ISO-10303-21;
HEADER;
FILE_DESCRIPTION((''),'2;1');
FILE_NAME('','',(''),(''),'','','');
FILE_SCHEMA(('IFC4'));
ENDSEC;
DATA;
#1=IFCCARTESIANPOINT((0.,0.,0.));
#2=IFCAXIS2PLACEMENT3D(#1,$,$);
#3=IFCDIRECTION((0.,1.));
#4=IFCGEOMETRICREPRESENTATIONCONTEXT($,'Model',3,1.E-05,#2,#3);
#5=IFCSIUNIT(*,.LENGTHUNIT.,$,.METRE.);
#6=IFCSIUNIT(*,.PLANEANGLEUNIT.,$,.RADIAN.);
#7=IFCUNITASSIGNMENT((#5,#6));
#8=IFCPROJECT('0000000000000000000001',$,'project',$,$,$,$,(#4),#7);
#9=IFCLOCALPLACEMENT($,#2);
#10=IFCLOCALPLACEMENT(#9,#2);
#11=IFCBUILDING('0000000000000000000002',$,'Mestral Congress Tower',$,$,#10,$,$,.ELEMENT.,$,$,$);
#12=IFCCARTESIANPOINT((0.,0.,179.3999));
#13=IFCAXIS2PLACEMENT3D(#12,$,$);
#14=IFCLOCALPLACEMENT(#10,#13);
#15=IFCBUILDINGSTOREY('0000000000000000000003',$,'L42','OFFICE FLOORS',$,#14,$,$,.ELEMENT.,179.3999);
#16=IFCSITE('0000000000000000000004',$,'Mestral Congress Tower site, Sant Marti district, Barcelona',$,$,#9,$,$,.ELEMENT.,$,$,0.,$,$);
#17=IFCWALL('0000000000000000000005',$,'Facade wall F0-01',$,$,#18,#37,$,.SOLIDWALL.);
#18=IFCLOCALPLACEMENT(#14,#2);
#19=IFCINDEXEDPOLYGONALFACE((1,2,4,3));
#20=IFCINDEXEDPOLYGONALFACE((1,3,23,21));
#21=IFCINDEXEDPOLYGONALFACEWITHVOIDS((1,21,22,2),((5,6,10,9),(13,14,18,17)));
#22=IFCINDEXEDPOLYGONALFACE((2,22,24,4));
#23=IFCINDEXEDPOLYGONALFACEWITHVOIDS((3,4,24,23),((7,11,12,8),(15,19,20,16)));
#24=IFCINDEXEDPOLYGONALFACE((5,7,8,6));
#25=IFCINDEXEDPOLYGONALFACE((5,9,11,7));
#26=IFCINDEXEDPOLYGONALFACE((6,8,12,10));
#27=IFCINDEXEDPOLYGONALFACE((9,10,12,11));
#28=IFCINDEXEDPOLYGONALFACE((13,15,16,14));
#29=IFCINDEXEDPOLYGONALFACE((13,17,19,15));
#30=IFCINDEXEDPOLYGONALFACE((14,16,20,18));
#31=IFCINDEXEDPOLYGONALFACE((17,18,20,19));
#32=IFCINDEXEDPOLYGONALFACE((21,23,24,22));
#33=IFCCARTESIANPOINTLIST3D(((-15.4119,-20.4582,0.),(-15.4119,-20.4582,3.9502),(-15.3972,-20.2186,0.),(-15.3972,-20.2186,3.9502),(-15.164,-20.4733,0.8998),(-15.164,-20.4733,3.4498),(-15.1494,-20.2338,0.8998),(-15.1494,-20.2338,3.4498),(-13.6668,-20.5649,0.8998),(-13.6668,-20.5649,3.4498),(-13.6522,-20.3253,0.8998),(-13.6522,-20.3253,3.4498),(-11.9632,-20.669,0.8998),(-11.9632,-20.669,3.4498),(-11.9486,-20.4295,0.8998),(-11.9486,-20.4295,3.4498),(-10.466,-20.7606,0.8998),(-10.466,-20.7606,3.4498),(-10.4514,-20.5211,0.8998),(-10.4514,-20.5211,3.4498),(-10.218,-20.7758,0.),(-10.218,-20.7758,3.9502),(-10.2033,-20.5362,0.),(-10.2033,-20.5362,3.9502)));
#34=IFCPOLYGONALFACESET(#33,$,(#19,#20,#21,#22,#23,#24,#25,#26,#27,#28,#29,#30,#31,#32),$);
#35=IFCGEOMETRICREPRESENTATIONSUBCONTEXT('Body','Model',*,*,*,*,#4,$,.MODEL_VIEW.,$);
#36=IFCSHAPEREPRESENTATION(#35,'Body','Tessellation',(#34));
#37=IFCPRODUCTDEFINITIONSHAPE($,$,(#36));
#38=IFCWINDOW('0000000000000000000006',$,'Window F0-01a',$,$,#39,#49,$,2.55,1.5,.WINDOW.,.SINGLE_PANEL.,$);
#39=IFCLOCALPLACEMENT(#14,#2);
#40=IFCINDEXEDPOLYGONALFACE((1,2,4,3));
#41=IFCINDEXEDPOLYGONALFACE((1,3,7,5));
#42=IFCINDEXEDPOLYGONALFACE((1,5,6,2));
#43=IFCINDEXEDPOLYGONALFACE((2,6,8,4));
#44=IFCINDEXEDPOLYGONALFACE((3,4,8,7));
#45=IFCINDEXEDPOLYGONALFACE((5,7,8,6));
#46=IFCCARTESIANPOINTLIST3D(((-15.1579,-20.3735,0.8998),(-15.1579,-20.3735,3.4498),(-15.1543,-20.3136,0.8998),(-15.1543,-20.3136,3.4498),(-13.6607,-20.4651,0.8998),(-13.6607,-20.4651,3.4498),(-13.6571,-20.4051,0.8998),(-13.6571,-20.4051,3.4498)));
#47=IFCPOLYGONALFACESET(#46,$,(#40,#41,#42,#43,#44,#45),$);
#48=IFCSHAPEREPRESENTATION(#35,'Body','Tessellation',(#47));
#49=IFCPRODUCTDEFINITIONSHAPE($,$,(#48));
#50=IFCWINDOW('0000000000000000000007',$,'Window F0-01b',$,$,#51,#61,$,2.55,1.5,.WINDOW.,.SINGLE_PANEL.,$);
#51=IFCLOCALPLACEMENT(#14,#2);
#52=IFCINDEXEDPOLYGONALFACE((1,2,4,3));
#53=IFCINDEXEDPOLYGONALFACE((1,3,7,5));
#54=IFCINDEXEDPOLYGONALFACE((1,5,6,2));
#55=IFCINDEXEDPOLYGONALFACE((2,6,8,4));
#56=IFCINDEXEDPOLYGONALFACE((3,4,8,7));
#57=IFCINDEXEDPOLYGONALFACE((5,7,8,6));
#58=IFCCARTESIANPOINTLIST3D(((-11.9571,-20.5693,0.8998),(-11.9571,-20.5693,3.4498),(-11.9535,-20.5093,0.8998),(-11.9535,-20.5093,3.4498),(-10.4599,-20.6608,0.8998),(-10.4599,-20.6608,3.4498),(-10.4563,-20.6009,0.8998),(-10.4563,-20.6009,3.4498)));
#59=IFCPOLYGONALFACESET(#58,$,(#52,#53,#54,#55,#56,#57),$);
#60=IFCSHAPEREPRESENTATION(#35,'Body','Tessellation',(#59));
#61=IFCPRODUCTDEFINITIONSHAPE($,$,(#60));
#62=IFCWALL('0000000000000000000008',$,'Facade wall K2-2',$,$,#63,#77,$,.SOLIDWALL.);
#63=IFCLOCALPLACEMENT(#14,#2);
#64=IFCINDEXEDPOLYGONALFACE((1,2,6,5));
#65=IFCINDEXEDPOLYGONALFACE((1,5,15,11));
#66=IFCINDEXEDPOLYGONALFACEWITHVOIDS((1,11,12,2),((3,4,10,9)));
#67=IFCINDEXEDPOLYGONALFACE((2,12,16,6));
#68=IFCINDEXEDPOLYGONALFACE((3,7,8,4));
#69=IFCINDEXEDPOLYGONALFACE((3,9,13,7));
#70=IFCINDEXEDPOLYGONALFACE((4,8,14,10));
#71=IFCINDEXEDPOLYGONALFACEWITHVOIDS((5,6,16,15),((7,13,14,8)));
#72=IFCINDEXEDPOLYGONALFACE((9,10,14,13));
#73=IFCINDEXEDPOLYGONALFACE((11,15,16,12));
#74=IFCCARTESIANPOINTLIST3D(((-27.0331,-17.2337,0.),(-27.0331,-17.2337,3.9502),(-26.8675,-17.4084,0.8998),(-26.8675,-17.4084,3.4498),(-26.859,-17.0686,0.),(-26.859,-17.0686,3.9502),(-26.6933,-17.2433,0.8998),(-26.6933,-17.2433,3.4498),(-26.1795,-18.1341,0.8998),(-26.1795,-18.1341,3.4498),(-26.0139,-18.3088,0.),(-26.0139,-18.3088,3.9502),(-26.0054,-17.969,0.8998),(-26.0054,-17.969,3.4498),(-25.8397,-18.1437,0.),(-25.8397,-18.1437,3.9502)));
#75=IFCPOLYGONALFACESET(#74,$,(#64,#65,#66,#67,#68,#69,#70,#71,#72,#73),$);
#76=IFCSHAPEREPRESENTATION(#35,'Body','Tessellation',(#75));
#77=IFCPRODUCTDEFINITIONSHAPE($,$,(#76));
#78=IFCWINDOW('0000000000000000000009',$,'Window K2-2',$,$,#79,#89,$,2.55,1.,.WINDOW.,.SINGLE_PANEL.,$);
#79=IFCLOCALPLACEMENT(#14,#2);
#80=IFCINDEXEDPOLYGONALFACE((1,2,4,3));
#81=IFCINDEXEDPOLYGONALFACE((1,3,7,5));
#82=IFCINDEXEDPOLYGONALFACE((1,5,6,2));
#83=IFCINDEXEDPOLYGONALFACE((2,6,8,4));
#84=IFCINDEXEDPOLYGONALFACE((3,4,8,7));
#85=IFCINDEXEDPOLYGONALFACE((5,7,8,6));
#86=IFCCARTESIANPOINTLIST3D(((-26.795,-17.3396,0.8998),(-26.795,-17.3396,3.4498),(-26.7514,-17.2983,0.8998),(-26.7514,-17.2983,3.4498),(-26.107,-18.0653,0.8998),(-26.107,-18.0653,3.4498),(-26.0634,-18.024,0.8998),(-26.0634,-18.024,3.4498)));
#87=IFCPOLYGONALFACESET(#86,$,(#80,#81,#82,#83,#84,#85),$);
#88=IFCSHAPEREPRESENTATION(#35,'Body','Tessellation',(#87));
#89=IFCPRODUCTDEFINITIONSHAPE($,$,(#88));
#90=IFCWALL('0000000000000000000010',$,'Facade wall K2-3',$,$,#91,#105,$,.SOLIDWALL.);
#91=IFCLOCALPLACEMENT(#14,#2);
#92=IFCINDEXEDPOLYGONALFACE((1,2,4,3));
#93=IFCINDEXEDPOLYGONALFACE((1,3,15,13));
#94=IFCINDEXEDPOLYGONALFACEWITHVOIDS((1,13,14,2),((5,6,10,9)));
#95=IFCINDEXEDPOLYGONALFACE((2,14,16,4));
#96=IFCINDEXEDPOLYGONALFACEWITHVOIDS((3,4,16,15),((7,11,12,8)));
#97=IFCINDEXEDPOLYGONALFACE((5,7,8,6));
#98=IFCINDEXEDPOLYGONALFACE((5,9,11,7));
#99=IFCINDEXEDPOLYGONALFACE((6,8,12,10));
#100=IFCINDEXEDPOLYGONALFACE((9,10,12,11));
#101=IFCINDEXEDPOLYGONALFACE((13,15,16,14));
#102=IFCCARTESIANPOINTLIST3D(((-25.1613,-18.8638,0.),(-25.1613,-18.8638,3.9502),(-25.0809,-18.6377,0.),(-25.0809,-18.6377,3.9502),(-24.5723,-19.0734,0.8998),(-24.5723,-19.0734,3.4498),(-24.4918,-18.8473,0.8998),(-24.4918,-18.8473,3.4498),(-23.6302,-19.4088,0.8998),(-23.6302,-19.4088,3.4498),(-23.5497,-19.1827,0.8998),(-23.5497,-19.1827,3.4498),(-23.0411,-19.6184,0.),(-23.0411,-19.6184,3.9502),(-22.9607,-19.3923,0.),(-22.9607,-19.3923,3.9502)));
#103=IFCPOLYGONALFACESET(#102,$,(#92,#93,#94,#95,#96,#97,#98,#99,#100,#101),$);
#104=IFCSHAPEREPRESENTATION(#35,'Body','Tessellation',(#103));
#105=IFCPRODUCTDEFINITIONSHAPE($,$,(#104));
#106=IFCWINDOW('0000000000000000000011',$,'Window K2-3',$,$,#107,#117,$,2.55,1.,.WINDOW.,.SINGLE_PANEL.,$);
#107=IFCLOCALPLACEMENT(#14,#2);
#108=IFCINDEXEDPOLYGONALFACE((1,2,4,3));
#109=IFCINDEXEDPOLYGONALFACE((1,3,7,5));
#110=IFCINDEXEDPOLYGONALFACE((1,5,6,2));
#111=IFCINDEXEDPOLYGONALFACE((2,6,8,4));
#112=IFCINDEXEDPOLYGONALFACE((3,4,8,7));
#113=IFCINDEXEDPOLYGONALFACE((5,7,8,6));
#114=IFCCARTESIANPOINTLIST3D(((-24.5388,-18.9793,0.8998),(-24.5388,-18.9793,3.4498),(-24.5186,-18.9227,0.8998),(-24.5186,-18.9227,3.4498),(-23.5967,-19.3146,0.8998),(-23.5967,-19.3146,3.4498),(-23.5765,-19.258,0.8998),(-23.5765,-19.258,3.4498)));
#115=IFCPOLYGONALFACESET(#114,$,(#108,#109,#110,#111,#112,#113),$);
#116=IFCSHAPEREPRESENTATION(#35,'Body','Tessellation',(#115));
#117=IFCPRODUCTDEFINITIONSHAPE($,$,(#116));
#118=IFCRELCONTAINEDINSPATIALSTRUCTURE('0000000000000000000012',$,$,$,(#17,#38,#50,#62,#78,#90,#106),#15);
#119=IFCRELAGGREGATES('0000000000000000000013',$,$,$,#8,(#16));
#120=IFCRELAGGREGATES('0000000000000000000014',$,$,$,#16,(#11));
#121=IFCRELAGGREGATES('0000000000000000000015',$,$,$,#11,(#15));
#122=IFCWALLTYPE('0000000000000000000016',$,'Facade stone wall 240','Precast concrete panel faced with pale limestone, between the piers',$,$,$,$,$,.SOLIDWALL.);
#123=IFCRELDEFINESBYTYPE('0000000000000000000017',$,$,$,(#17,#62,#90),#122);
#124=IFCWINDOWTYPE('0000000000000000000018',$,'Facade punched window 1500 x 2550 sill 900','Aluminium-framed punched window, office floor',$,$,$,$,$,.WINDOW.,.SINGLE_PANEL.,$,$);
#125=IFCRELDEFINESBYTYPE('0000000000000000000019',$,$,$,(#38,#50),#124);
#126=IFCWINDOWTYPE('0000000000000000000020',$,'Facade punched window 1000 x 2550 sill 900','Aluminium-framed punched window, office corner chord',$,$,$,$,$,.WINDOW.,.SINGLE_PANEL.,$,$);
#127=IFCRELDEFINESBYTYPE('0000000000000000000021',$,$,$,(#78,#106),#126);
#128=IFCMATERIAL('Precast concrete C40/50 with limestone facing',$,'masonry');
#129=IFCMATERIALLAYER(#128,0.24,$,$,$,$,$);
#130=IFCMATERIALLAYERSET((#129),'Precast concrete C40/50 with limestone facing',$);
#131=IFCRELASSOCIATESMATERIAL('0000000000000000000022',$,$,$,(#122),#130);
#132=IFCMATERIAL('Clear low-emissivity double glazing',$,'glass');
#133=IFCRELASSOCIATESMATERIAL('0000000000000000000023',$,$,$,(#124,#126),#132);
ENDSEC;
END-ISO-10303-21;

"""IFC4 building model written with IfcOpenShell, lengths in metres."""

from ifc_helpers import new_model, si_unit, direction, frame, frame_2d, origin, place, context, subcontext, project, spatial, rectangle, extrude, material, layer, layer_set, type_object, element, fill, save


model = new_model("IFC4")

# Units and contexts
model_context = context("Model", 3, precision=1e-05, world=origin(), true_north=direction((0.0, 1.0)))
body_context = subcontext(model_context, "Body", "Model", "MODEL_VIEW")
ifc_project = project(units=[si_unit("LENGTHUNIT", "METRE"), si_unit("PLANEANGLEUNIT", "RADIAN")], contexts=[model_context])

# Site, building, storey
site_placement = place(None, origin())
site = spatial("IfcSite", under=ifc_project, at=site_placement, Name="Mestral Congress Tower site, Sant Marti district, Barcelona", CompositionType="ELEMENT", RefElevation=0.0)
building_placement = place(site_placement, origin())
building = spatial("IfcBuilding", under=site, at=building_placement, Name="Mestral Congress Tower", CompositionType="ELEMENT")
storey_placement = place(building_placement, frame((0.0, 0.0, 179.3999)))
storey = spatial("IfcBuildingStorey", under=building, at=storey_placement, Name="L42", Description="OFFICE FLOORS", CompositionType="ELEMENT", Elevation=179.3999)

# Wall, openings, windows
ifc_material_1 = material(Name="Precast concrete C40/50 with limestone facing", Category="masonry")
ifc_layer = layer(ifc_material_1, 0.24)
ifc_layer_set = layer_set([ifc_layer], Name="Precast concrete C40/50 with limestone facing")
wall_type = type_object("IfcWallType", Name="Facade stone wall 240", Description="Precast concrete panel faced with pale limestone, between the piers", PredefinedType="SOLIDWALL", material=ifc_layer_set)
ifc_material_2 = material(Name="Clear low-emissivity double glazing", Category="glass")
window_type_1 = type_object("IfcWindowType", Name="Facade punched window 1500 x 2550 sill 900", Description="Aluminium-framed punched window, office floor", PartitioningType="SINGLE_PANEL", PredefinedType="WINDOW", material=ifc_material_2)
wall_1_placement = place(storey_placement, frame((-15.4045, -20.3384, 0.0), z_axis=(0.0, 0.0, 1.0), x_axis=(0.998135, -0.06104, 0.0)))
wall_1 = element("IfcWall", 1, at=wall_1_placement, inside=storey, type_object=wall_type, Name="Facade wall F0-01", PredefinedType="SOLIDWALL", context=body_context, shape_type="SweptSolid", body=[
    extrude(rectangle(XDim=5.2036, YDim=0.24, at=frame_2d((2.6018, 0.0))), origin(), (0.0, 0.0, 1.0), 3.9502),
])
opening_1_placement = place(wall_1_placement, frame((0.2483, 0.0, 0.8999)))
opening_1 = element("IfcOpeningElement", 2, at=opening_1_placement, cuts=wall_1, PredefinedType="OPENING", context=body_context, shape_type="SweptSolid", body=[
    extrude(rectangle(XDim=1.5, YDim=2.55, at=frame_2d((0.75, 1.2749))), frame((0.0, 0.1299, 0.0), z_axis=(0.0, -1.0, 0.0), x_axis=(1.0, 0.0, 0.0)), (0.0, 0.0, 1.0), 0.26),
])
opening_2_placement = place(wall_1_placement, frame((3.4551, 0.0, 0.8999)))
opening_2 = element("IfcOpeningElement", 3, at=opening_2_placement, cuts=wall_1, PredefinedType="OPENING", context=body_context, shape_type="SweptSolid", body=[
    extrude(rectangle(XDim=1.5, YDim=2.55, at=frame_2d((0.75, 1.2749))), frame((0.0, 0.1299, 0.0), z_axis=(0.0, -1.0, 0.0), x_axis=(1.0, 0.0, 0.0)), (0.0, 0.0, 1.0), 0.26),
])
window_1_placement = place(opening_1_placement, origin())
window_1 = element("IfcWindow", 4, at=window_1_placement, inside=storey, type_object=window_type_1, Name="Window F0-01a", OverallHeight=2.55, OverallWidth=1.5, PartitioningType="SINGLE_PANEL", PredefinedType="WINDOW", context=body_context, shape_type="SweptSolid", body=[
    extrude(rectangle(XDim=1.5, YDim=2.55, at=frame_2d((0.75, 1.2749))), frame((0.0, 0.04, 0.0), z_axis=(0.0, -1.0, 0.0), x_axis=(1.0, 0.0, 0.0)), (0.0, 0.0, 1.0), 0.0601),
])
fill(opening_1, window_1)
window_2_placement = place(opening_2_placement, origin())
window_2 = element("IfcWindow", 5, at=window_2_placement, inside=storey, type_object=window_type_1, Name="Window F0-01b", OverallHeight=2.55, OverallWidth=1.5, PartitioningType="SINGLE_PANEL", PredefinedType="WINDOW", context=body_context, shape_type="SweptSolid", body=[
    extrude(rectangle(XDim=1.5, YDim=2.55, at=frame_2d((0.75, 1.2749))), frame((0.0, 0.04, 0.0), z_axis=(0.0, -1.0, 0.0), x_axis=(1.0, 0.0, 0.0)), (0.0, 0.0, 1.0), 0.0601),
])
fill(opening_2, window_2)

# Walls, openings, windows
wall_2_placement = place(storey_placement, frame((-26.946, -17.1511, 0.0), z_axis=(0.0, 0.0, 1.0), x_axis=(0.687987, -0.725723, 0.0)))
wall_2 = element("IfcWall", 6, at=wall_2_placement, inside=storey, type_object=wall_type, Name="Facade wall K2-2", PredefinedType="SOLIDWALL", context=body_context, shape_type="SweptSolid", body=[
    extrude(rectangle(XDim=1.4814, YDim=0.24, at=frame_2d((0.7407, 0.0))), origin(), (0.0, 0.0, 1.0), 3.9502),
])
opening_3_placement = place(wall_2_placement, frame((0.2407, 0.0, 0.8999)))
opening_3 = element("IfcOpeningElement", 7, at=opening_3_placement, cuts=wall_2, PredefinedType="OPENING", context=body_context, shape_type="SweptSolid", body=[
    extrude(rectangle(XDim=1.0, YDim=2.55, at=frame_2d((0.5, 1.2749))), frame((0.0, 0.1299, 0.0), z_axis=(0.0, -1.0, 0.0), x_axis=(1.0, 0.0, 0.0)), (0.0, 0.0, 1.0), 0.26),
])
window_type_2 = type_object("IfcWindowType", Name="Facade punched window 1000 x 2550 sill 900", Description="Aluminium-framed punched window, office corner chord", PartitioningType="SINGLE_PANEL", PredefinedType="WINDOW", material=ifc_material_2)
window_3_placement = place(opening_3_placement, origin())
window_3 = element("IfcWindow", 8, at=window_3_placement, inside=storey, type_object=window_type_2, Name="Window K2-2", OverallHeight=2.55, OverallWidth=1.0, PartitioningType="SINGLE_PANEL", PredefinedType="WINDOW", context=body_context, shape_type="SweptSolid", body=[
    extrude(rectangle(XDim=1.0, YDim=2.55, at=frame_2d((0.5, 1.2749))), frame((0.0, 0.04, 0.0), z_axis=(0.0, -1.0, 0.0), x_axis=(1.0, 0.0, 0.0)), (0.0, 0.0, 1.0), 0.0601),
])
fill(opening_3, window_3)
wall_3_placement = place(storey_placement, frame((-25.1211, -18.7507, 0.0), z_axis=(0.0, 0.0, 1.0), x_axis=(0.9421, -0.335333, 0.0)))
wall_3 = element("IfcWall", 9, at=wall_3_placement, inside=storey, type_object=wall_type, Name="Facade wall K2-3", PredefinedType="SOLIDWALL", context=body_context, shape_type="SweptSolid", body=[
    extrude(rectangle(XDim=2.2505, YDim=0.24, at=frame_2d((1.1252, 0.0))), origin(), (0.0, 0.0, 1.0), 3.9502),
])
opening_4_placement = place(wall_3_placement, frame((0.6252, 0.0, 0.8999)))
opening_4 = element("IfcOpeningElement", 10, at=opening_4_placement, cuts=wall_3, PredefinedType="OPENING", context=body_context, shape_type="SweptSolid", body=[
    extrude(rectangle(XDim=1.0, YDim=2.55, at=frame_2d((0.5, 1.2749))), frame((0.0, 0.1299, 0.0), z_axis=(0.0, -1.0, 0.0), x_axis=(1.0, 0.0, 0.0)), (0.0, 0.0, 1.0), 0.26),
])
window_4_placement = place(opening_4_placement, origin())
window_4 = element("IfcWindow", 11, at=window_4_placement, inside=storey, type_object=window_type_2, Name="Window K2-3", OverallHeight=2.55, OverallWidth=1.0, PartitioningType="SINGLE_PANEL", PredefinedType="WINDOW", context=body_context, shape_type="SweptSolid", body=[
    extrude(rectangle(XDim=1.0, YDim=2.55, at=frame_2d((0.5, 1.2749))), frame((0.0, 0.04, 0.0), z_axis=(0.0, -1.0, 0.0), x_axis=(1.0, 0.0, 0.0)), (0.0, 0.0, 1.0), 0.0601),
])
fill(opening_4, window_4)

save(model, "model.ifc")
